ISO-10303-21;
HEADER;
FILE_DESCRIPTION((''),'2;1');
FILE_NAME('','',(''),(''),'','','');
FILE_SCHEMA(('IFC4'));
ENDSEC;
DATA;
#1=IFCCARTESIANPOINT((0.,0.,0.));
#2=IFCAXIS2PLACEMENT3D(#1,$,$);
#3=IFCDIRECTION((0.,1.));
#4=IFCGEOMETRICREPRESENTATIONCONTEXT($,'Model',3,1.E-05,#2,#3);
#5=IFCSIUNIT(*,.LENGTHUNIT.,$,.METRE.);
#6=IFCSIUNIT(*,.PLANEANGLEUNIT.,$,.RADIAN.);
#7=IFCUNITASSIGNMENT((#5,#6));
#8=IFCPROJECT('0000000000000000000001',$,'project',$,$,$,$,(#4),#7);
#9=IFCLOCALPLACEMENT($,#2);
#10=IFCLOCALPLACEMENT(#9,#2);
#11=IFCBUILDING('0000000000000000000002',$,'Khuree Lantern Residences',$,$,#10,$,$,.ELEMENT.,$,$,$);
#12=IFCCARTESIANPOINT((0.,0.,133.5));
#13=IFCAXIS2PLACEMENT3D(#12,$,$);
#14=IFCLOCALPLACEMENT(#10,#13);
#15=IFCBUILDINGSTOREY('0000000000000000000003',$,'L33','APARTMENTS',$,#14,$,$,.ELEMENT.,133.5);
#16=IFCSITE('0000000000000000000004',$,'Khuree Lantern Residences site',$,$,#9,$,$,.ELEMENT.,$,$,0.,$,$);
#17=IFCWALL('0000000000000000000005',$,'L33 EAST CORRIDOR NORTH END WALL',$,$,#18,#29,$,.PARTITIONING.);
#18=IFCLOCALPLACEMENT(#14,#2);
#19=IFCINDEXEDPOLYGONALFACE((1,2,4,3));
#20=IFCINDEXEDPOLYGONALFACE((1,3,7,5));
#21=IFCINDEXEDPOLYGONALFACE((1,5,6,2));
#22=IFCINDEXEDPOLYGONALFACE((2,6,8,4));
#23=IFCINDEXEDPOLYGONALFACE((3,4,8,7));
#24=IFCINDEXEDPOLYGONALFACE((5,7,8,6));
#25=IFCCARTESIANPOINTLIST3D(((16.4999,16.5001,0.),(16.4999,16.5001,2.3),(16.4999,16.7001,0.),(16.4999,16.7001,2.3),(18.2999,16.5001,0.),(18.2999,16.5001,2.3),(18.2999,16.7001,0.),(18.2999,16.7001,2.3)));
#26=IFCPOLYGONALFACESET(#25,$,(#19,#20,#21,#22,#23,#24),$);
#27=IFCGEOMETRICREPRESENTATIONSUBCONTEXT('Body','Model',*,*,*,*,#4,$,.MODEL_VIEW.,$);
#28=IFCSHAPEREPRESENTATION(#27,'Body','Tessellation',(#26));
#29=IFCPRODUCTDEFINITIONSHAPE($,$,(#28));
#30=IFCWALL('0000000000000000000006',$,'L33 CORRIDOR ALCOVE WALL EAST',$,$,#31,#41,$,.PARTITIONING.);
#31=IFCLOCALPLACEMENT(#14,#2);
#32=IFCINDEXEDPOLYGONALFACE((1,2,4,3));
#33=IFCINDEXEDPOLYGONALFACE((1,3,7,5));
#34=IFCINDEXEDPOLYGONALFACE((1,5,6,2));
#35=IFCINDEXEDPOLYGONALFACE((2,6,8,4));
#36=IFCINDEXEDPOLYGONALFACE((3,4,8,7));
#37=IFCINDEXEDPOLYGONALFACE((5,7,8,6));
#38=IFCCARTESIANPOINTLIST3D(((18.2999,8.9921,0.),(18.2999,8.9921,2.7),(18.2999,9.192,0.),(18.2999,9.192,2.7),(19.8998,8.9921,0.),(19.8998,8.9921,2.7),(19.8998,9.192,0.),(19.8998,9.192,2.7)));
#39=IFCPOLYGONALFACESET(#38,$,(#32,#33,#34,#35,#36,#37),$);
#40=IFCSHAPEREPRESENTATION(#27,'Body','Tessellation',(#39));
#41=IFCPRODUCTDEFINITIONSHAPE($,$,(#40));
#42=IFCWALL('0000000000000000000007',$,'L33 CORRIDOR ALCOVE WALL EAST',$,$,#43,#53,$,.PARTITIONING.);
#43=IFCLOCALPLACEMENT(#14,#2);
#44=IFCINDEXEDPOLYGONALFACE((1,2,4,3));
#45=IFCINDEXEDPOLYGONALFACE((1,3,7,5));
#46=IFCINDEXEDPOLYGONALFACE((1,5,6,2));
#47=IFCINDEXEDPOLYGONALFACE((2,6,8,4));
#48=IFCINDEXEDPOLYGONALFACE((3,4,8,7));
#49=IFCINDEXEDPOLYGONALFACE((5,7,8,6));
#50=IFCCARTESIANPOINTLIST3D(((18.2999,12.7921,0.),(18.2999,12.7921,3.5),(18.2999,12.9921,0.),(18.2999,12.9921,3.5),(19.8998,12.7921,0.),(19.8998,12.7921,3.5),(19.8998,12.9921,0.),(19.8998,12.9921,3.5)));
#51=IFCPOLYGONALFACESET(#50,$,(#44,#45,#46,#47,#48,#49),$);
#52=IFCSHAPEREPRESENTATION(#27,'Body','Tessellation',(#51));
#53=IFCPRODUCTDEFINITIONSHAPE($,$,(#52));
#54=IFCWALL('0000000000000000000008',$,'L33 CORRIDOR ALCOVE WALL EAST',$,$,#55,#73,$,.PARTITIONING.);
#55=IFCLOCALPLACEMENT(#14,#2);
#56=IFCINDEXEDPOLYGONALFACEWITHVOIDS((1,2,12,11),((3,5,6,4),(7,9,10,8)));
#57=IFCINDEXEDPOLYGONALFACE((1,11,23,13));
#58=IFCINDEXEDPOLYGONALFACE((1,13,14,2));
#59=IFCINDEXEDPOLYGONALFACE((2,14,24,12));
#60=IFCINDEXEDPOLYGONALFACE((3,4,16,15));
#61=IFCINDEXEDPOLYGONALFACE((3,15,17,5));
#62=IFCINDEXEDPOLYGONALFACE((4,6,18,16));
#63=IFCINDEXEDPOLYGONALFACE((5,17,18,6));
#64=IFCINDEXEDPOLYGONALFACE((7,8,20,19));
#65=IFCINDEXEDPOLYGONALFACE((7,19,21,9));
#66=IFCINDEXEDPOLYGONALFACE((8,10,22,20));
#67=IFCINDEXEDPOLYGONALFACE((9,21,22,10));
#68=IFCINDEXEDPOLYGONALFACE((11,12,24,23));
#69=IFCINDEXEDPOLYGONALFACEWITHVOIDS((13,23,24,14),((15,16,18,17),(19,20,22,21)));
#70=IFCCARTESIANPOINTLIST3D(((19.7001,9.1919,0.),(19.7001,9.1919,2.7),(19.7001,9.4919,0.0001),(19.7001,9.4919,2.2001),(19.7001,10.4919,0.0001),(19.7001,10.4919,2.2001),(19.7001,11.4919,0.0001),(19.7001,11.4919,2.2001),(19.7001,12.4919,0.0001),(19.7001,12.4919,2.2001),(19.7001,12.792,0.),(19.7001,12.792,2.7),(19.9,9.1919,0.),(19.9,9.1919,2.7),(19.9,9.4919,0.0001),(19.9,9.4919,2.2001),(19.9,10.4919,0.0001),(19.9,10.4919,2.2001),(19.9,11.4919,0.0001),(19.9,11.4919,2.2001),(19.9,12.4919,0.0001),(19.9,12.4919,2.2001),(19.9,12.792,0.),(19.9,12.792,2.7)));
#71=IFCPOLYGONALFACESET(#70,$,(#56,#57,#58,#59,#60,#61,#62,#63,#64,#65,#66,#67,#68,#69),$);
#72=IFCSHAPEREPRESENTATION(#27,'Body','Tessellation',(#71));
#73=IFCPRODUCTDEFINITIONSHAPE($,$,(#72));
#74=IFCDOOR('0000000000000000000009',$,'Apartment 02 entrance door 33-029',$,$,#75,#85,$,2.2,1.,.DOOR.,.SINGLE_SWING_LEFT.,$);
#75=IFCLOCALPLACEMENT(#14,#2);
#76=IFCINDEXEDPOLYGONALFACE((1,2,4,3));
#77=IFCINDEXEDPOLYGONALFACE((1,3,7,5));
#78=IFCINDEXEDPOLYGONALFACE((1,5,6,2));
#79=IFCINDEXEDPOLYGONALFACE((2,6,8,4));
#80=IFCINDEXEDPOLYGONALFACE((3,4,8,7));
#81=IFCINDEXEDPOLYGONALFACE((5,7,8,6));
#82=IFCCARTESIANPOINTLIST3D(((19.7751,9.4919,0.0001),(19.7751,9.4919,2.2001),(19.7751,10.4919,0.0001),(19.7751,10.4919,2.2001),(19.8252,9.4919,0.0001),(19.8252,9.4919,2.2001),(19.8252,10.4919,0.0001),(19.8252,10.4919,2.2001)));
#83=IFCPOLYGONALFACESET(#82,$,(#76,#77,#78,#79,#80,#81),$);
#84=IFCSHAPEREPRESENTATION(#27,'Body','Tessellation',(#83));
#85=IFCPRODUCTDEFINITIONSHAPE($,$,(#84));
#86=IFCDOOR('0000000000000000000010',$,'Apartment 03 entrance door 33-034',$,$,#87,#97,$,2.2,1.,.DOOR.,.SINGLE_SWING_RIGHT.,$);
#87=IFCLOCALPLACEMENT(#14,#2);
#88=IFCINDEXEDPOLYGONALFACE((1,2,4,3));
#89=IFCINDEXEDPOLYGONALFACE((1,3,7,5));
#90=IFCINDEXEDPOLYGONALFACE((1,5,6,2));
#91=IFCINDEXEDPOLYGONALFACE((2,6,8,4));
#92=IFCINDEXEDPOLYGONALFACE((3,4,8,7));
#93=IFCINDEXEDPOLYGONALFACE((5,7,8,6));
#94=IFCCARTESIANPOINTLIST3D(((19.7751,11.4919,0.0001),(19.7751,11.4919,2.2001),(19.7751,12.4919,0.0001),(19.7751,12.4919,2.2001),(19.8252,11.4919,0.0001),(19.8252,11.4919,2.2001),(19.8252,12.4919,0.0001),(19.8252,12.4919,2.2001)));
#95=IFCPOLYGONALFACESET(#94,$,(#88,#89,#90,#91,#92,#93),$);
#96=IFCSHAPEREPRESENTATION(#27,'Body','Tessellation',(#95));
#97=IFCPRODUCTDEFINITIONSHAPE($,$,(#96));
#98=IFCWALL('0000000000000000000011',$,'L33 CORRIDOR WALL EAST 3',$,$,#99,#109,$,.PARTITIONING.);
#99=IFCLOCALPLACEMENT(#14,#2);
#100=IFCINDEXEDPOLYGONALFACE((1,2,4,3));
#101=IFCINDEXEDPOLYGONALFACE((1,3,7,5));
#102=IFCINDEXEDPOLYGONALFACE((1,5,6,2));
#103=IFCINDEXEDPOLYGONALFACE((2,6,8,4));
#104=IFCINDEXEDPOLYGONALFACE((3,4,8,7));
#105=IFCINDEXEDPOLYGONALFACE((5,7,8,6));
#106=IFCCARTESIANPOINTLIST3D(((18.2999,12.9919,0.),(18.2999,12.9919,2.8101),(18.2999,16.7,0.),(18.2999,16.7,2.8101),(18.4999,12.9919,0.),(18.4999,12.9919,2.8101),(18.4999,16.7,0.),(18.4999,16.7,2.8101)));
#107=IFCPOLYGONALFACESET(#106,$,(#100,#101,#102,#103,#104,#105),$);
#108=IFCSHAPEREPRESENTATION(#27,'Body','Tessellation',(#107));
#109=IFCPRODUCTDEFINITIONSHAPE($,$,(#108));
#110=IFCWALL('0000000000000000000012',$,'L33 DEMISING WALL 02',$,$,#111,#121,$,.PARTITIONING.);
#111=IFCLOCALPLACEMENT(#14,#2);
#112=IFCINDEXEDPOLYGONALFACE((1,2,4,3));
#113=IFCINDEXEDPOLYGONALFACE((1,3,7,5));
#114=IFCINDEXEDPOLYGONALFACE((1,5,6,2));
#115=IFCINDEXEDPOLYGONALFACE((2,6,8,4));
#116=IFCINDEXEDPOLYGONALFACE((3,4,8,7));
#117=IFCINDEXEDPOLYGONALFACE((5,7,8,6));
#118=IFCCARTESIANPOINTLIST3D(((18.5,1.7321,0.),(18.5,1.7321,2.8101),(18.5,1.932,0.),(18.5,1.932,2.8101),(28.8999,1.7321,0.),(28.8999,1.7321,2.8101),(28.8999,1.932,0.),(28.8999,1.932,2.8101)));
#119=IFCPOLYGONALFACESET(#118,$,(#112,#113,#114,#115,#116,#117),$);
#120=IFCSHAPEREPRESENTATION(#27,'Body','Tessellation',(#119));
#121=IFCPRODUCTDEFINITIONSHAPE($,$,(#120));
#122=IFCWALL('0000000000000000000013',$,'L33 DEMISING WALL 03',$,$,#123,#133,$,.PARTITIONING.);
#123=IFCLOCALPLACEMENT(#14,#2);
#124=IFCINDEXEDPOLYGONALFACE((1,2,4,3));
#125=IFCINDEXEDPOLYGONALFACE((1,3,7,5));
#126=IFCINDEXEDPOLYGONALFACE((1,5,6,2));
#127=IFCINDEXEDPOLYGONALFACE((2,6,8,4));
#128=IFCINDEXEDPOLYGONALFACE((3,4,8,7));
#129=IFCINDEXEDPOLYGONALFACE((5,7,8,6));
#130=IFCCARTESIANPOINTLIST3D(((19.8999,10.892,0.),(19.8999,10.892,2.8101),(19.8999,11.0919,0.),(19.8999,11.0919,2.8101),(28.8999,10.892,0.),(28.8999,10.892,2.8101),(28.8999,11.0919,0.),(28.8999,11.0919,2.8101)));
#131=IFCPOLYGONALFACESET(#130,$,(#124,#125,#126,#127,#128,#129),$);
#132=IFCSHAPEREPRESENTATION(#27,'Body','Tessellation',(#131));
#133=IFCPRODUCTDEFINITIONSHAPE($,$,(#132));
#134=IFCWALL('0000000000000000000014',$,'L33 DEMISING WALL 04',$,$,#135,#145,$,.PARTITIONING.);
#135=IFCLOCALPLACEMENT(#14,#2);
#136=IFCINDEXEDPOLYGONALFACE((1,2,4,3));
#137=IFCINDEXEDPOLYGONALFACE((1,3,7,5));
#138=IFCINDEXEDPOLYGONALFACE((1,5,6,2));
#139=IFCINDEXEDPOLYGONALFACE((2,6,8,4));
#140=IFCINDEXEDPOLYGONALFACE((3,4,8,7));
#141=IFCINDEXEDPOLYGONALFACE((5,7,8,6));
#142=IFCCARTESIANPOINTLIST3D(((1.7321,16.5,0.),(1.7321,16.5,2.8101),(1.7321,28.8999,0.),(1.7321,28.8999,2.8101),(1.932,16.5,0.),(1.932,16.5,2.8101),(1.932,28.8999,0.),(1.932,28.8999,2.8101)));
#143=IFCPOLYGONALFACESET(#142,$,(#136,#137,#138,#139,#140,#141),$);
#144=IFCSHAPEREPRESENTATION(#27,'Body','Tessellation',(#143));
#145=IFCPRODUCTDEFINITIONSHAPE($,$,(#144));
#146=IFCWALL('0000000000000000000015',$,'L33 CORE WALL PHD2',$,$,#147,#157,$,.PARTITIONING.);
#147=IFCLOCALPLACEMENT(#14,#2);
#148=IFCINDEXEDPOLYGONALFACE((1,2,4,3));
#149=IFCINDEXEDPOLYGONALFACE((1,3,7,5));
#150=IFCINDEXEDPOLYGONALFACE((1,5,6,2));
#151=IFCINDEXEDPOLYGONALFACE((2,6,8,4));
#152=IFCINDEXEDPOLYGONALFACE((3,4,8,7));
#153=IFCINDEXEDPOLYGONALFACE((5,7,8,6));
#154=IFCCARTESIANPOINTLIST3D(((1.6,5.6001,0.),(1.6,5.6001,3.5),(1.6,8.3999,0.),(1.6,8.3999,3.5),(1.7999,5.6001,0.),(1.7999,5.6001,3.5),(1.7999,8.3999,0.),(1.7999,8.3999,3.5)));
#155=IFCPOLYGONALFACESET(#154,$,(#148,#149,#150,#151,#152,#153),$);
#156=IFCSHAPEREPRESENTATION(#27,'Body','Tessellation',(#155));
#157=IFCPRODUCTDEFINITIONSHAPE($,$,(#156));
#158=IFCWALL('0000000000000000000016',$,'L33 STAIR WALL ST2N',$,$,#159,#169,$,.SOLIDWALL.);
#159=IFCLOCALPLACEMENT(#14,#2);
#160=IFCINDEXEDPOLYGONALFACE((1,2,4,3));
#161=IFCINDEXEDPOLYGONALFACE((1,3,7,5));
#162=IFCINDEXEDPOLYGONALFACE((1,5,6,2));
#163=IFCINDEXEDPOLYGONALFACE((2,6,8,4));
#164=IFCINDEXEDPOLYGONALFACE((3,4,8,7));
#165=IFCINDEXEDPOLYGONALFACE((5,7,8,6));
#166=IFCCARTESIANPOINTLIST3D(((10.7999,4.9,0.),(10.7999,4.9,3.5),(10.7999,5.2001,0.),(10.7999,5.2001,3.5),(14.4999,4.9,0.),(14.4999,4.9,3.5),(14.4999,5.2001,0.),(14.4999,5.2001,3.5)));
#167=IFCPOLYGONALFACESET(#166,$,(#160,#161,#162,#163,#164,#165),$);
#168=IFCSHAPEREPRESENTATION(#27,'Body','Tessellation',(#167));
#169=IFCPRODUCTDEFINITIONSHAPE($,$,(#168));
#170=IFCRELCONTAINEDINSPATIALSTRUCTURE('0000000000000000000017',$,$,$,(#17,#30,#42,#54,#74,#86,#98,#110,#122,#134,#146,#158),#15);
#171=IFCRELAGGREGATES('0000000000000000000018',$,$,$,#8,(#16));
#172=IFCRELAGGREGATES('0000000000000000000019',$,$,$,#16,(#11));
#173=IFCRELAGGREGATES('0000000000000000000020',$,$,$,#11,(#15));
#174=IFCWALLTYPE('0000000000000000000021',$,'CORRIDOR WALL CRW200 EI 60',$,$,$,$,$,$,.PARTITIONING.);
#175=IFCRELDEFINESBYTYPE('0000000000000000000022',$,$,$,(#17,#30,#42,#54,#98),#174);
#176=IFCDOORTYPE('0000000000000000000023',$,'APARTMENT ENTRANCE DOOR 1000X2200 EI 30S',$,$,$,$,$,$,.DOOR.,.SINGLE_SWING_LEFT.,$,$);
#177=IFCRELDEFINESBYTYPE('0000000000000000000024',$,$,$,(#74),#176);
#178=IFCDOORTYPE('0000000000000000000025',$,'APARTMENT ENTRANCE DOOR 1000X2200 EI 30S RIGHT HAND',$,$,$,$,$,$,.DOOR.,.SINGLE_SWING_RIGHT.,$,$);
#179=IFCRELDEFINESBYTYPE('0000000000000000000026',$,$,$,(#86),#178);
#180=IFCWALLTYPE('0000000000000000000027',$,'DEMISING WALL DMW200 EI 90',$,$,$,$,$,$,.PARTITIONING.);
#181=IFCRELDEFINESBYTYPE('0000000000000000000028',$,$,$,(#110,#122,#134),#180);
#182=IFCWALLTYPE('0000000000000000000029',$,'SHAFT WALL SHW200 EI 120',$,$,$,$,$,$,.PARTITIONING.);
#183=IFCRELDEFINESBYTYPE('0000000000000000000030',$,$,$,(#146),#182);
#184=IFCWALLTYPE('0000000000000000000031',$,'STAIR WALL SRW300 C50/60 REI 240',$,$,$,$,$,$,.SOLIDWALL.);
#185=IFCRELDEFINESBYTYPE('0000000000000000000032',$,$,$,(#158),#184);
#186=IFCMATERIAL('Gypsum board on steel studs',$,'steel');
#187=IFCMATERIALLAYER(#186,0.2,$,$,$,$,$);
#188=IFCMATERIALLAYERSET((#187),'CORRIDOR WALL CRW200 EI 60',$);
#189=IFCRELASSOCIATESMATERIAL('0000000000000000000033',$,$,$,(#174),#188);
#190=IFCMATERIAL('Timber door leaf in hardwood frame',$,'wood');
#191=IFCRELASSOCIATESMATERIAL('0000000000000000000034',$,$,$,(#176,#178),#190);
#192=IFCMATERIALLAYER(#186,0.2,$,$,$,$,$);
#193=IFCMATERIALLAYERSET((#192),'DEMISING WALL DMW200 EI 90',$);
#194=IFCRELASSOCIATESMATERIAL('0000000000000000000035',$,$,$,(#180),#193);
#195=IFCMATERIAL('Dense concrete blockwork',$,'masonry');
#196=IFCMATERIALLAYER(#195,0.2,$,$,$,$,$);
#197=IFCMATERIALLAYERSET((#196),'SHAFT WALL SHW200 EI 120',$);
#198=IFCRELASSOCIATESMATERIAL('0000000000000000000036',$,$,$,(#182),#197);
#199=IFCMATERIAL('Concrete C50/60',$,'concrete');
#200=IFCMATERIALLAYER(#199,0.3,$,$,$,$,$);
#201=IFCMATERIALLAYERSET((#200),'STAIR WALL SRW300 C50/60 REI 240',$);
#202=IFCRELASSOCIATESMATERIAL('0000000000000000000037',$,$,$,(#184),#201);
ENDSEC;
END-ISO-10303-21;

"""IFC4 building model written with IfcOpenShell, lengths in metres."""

from ifc_helpers import new_model, si_unit, direction, frame, frame_2d, origin, place, context, subcontext, project, spatial, rectangle, extrude, material, layer, layer_set, type_object, element, fill, save


model = new_model("IFC4")

# Units and contexts
model_context = context("Model", 3, precision=1e-05, world=origin(), true_north=direction((0.0, 1.0)))
body_context = subcontext(model_context, "Body", "Model", "MODEL_VIEW")
ifc_project = project(units=[si_unit("LENGTHUNIT", "METRE"), si_unit("PLANEANGLEUNIT", "RADIAN")], contexts=[model_context])

# Site, building, storey
site_placement = place(None, origin())
site = spatial("IfcSite", under=ifc_project, at=site_placement, Name="Khuree Lantern Residences site", CompositionType="ELEMENT", RefElevation=0.0)
building_placement = place(site_placement, origin())
building = spatial("IfcBuilding", under=site, at=building_placement, Name="Khuree Lantern Residences", CompositionType="ELEMENT")
storey_placement = place(building_placement, frame((0.0, 0.0, 133.5)))
storey = spatial("IfcBuildingStorey", under=building, at=storey_placement, Name="L33", Description="APARTMENTS", CompositionType="ELEMENT", Elevation=133.5)

# Shared definitions
ifc_material_1 = material(Name="Dense concrete blockwork", Category="masonry")

# Shared definitions
ifc_material_2 = material(Name="Timber door leaf in hardwood frame", Category="wood")

# Walls
ifc_material_3 = material(Name="Gypsum board on steel studs", Category="steel")
ifc_layer_1 = layer(ifc_material_3, 0.2)
ifc_layer_set_1 = layer_set([ifc_layer_1], Name="CORRIDOR WALL CRW200 EI 60")
wall_type_1 = type_object("IfcWallType", Name="CORRIDOR WALL CRW200 EI 60", PredefinedType="PARTITIONING", material=ifc_layer_set_1)
wall_1_placement = place(storey_placement, frame((16.5, 16.6001, 0.0), z_axis=(0.0, 0.0, 1.0), x_axis=(1.0, 0.0, 0.0)))
element("IfcWall", 1, at=wall_1_placement, inside=storey, type_object=wall_type_1, Name="L33 EAST CORRIDOR NORTH END WALL", PredefinedType="PARTITIONING", context=body_context, shape_type="SweptSolid", body=[
    extrude(rectangle(XDim=1.8, YDim=0.2, at=frame_2d((0.8999, 0.0))), origin(), (0.0, 0.0, 1.0), 2.3),
])
wall_2_placement = place(storey_placement, frame((18.3, 9.092, 0.0), z_axis=(0.0, 0.0, 1.0), x_axis=(1.0, 0.0, 0.0)))
element("IfcWall", 2, at=wall_2_placement, inside=storey, type_object=wall_type_1, Name="L33 CORRIDOR ALCOVE WALL EAST", PredefinedType="PARTITIONING", context=body_context, shape_type="SweptSolid", body=[
    extrude(rectangle(XDim=1.5999, YDim=0.2, at=frame_2d((0.7998, 0.0))), origin(), (0.0, 0.0, 1.0), 2.7),
])
wall_3_placement = place(storey_placement, frame((18.3, 12.8921, 0.0), z_axis=(0.0, 0.0, 1.0), x_axis=(1.0, 0.0, 0.0)))
element("IfcWall", 3, at=wall_3_placement, inside=storey, type_object=wall_type_1, Name="L33 CORRIDOR ALCOVE WALL EAST", PredefinedType="PARTITIONING", context=body_context, shape_type="SweptSolid", body=[
    extrude(rectangle(XDim=1.5999, YDim=0.2, at=frame_2d((0.7998, 0.0))), origin(), (0.0, 0.0, 1.0), 3.5),
])

# Wall, openings, doors
wall_4_placement = place(storey_placement, frame((19.8, 9.1919, 0.0), z_axis=(0.0, 0.0, 1.0), x_axis=(0.0, 1.0, 0.0)))
wall_4 = element("IfcWall", 4, at=wall_4_placement, inside=storey, type_object=wall_type_1, Name="L33 CORRIDOR ALCOVE WALL EAST", PredefinedType="PARTITIONING", context=body_context, shape_type="SweptSolid", body=[
    extrude(rectangle(XDim=3.6001, YDim=0.2, at=frame_2d((1.8, 0.0))), origin(), (0.0, 0.0, 1.0), 2.7),
])
opening_1_placement = place(wall_4_placement, frame((0.3, 0.0, 0.0)))
opening_1 = element("IfcOpeningElement", 5, at=opening_1_placement, cuts=wall_4, PredefinedType="OPENING", context=body_context, shape_type="SweptSolid", body=[
    extrude(rectangle(XDim=1.0, YDim=2.2, at=frame_2d((0.5, 1.1001))), frame((0.0, 0.1099, 0.0), z_axis=(0.0, -1.0, 0.0), x_axis=(1.0, 0.0, 0.0)), (0.0, 0.0, 1.0), 0.22),
])
opening_2_placement = place(wall_4_placement, frame((2.3, 0.0, 0.0)))
opening_2 = element("IfcOpeningElement", 6, at=opening_2_placement, cuts=wall_4, PredefinedType="OPENING", context=body_context, shape_type="SweptSolid", body=[
    extrude(rectangle(XDim=1.0, YDim=2.2, at=frame_2d((0.5, 1.1001))), frame((0.0, 0.1099, 0.0), z_axis=(0.0, -1.0, 0.0), x_axis=(1.0, 0.0, 0.0)), (0.0, 0.0, 1.0), 0.22),
])
door_type_1 = type_object("IfcDoorType", Name="APARTMENT ENTRANCE DOOR 1000X2200 EI 30S", OperationType="SINGLE_SWING_LEFT", PredefinedType="DOOR", material=ifc_material_2)
door_1_placement = place(opening_1_placement, origin())
door_1 = element("IfcDoor", 7, at=door_1_placement, inside=storey, type_object=door_type_1, Name="Apartment 02 entrance door 33-029", OperationType="SINGLE_SWING_LEFT", OverallHeight=2.2, OverallWidth=1.0, PredefinedType="DOOR", context=body_context, shape_type="SweptSolid", body=[
    extrude(rectangle(XDim=1.0, YDim=2.2, at=frame_2d((0.5, 1.1001))), frame((0.0, 0.0249, 0.0), z_axis=(0.0, -1.0, 0.0), x_axis=(1.0, 0.0, 0.0)), (0.0, 0.0, 1.0), 0.05),
])
fill(opening_1, door_1)
door_type_2 = type_object("IfcDoorType", Name="APARTMENT ENTRANCE DOOR 1000X2200 EI 30S RIGHT HAND", OperationType="SINGLE_SWING_RIGHT", PredefinedType="DOOR", material=ifc_material_2)
door_2_placement = place(opening_2_placement, origin())
door_2 = element("IfcDoor", 8, at=door_2_placement, inside=storey, type_object=door_type_2, Name="Apartment 03 entrance door 33-034", OperationType="SINGLE_SWING_RIGHT", OverallHeight=2.2, OverallWidth=1.0, PredefinedType="DOOR", context=body_context, shape_type="SweptSolid", body=[
    extrude(rectangle(XDim=1.0, YDim=2.2, at=frame_2d((0.5, 1.1001))), frame((0.0, 0.0249, 0.0), z_axis=(0.0, -1.0, 0.0), x_axis=(1.0, 0.0, 0.0)), (0.0, 0.0, 1.0), 0.05),
])
fill(opening_2, door_2)

# Walls
wall_5_placement = place(storey_placement, frame((18.3999, 12.9919, 0.0), z_axis=(0.0, 0.0, 1.0), x_axis=(0.0, 1.0, 0.0)))
element("IfcWall", 9, at=wall_5_placement, inside=storey, type_object=wall_type_1, Name="L33 CORRIDOR WALL EAST 3", PredefinedType="PARTITIONING", context=body_context, shape_type="SweptSolid", body=[
    extrude(rectangle(XDim=3.708, YDim=0.2, at=frame_2d((1.854, 0.0))), origin(), (0.0, 0.0, 1.0), 2.8101),
])
ifc_layer_2 = layer(ifc_material_3, 0.2)
ifc_layer_set_2 = layer_set([ifc_layer_2], Name="DEMISING WALL DMW200 EI 90")
wall_type_2 = type_object("IfcWallType", Name="DEMISING WALL DMW200 EI 90", PredefinedType="PARTITIONING", material=ifc_layer_set_2)
wall_6_placement = place(storey_placement, frame((18.5, 1.832, 0.0), z_axis=(0.0, 0.0, 1.0), x_axis=(1.0, 0.0, 0.0)))
element("IfcWall", 10, at=wall_6_placement, inside=storey, type_object=wall_type_2, Name="L33 DEMISING WALL 02", PredefinedType="PARTITIONING", context=body_context, shape_type="SweptSolid", body=[
    extrude(rectangle(XDim=10.3999, YDim=0.2, at=frame_2d((5.2, 0.0))), origin(), (0.0, 0.0, 1.0), 2.8101),
])
wall_7_placement = place(storey_placement, frame((19.8999, 10.9919, 0.0), z_axis=(0.0, 0.0, 1.0), x_axis=(1.0, 0.0, 0.0)))
element("IfcWall", 11, at=wall_7_placement, inside=storey, type_object=wall_type_2, Name="L33 DEMISING WALL 03", PredefinedType="PARTITIONING", context=body_context, shape_type="SweptSolid", body=[
    extrude(rectangle(XDim=9.0, YDim=0.2, at=frame_2d((4.5, 0.0))), origin(), (0.0, 0.0, 1.0), 2.8101),
])
wall_8_placement = place(storey_placement, frame((1.832, 16.5, 0.0), z_axis=(0.0, 0.0, 1.0), x_axis=(0.0, 1.0, 0.0)))
element("IfcWall", 12, at=wall_8_placement, inside=storey, type_object=wall_type_2, Name="L33 DEMISING WALL 04", PredefinedType="PARTITIONING", context=body_context, shape_type="SweptSolid", body=[
    extrude(rectangle(XDim=12.3999, YDim=0.2, at=frame_2d((6.2, 0.0))), origin(), (0.0, 0.0, 1.0), 2.8101),
])
ifc_layer_3 = layer(ifc_material_1, 0.2)
ifc_layer_set_3 = layer_set([ifc_layer_3], Name="SHAFT WALL SHW200 EI 120")
wall_type_3 = type_object("IfcWallType", Name="SHAFT WALL SHW200 EI 120", PredefinedType="PARTITIONING", material=ifc_layer_set_3)
wall_9_placement = place(storey_placement, frame((1.7, 5.6001, 0.0), z_axis=(0.0, 0.0, 1.0), x_axis=(0.0, 1.0, 0.0)))
element("IfcWall", 13, at=wall_9_placement, inside=storey, type_object=wall_type_3, Name="L33 CORE WALL PHD2", PredefinedType="PARTITIONING", context=body_context, shape_type="SweptSolid", body=[
    extrude(rectangle(XDim=2.7998, YDim=0.2, at=frame_2d((1.3999, 0.0))), origin(), (0.0, 0.0, 1.0), 3.5),
])
ifc_material_4 = material(Name="Concrete C50/60", Category="concrete")
ifc_layer_4 = layer(ifc_material_4, 0.3)
ifc_layer_set_4 = layer_set([ifc_layer_4], Name="STAIR WALL SRW300 C50/60 REI 240")
wall_type_4 = type_object("IfcWallType", Name="STAIR WALL SRW300 C50/60 REI 240", PredefinedType="SOLIDWALL", material=ifc_layer_set_4)
wall_10_placement = place(storey_placement, frame((14.5, 5.05, 0.0), z_axis=(0.0, 0.0, 1.0), x_axis=(-1.0, 0.0, 0.0)))
element("IfcWall", 14, at=wall_10_placement, inside=storey, type_object=wall_type_4, Name="L33 STAIR WALL ST2N", PredefinedType="SOLIDWALL", context=body_context, shape_type="SweptSolid", body=[
    extrude(rectangle(XDim=3.7, YDim=0.3, at=frame_2d((1.8501, 0.0))), origin(), (0.0, 0.0, 1.0), 3.5),
])

save(model, "model.ifc")
